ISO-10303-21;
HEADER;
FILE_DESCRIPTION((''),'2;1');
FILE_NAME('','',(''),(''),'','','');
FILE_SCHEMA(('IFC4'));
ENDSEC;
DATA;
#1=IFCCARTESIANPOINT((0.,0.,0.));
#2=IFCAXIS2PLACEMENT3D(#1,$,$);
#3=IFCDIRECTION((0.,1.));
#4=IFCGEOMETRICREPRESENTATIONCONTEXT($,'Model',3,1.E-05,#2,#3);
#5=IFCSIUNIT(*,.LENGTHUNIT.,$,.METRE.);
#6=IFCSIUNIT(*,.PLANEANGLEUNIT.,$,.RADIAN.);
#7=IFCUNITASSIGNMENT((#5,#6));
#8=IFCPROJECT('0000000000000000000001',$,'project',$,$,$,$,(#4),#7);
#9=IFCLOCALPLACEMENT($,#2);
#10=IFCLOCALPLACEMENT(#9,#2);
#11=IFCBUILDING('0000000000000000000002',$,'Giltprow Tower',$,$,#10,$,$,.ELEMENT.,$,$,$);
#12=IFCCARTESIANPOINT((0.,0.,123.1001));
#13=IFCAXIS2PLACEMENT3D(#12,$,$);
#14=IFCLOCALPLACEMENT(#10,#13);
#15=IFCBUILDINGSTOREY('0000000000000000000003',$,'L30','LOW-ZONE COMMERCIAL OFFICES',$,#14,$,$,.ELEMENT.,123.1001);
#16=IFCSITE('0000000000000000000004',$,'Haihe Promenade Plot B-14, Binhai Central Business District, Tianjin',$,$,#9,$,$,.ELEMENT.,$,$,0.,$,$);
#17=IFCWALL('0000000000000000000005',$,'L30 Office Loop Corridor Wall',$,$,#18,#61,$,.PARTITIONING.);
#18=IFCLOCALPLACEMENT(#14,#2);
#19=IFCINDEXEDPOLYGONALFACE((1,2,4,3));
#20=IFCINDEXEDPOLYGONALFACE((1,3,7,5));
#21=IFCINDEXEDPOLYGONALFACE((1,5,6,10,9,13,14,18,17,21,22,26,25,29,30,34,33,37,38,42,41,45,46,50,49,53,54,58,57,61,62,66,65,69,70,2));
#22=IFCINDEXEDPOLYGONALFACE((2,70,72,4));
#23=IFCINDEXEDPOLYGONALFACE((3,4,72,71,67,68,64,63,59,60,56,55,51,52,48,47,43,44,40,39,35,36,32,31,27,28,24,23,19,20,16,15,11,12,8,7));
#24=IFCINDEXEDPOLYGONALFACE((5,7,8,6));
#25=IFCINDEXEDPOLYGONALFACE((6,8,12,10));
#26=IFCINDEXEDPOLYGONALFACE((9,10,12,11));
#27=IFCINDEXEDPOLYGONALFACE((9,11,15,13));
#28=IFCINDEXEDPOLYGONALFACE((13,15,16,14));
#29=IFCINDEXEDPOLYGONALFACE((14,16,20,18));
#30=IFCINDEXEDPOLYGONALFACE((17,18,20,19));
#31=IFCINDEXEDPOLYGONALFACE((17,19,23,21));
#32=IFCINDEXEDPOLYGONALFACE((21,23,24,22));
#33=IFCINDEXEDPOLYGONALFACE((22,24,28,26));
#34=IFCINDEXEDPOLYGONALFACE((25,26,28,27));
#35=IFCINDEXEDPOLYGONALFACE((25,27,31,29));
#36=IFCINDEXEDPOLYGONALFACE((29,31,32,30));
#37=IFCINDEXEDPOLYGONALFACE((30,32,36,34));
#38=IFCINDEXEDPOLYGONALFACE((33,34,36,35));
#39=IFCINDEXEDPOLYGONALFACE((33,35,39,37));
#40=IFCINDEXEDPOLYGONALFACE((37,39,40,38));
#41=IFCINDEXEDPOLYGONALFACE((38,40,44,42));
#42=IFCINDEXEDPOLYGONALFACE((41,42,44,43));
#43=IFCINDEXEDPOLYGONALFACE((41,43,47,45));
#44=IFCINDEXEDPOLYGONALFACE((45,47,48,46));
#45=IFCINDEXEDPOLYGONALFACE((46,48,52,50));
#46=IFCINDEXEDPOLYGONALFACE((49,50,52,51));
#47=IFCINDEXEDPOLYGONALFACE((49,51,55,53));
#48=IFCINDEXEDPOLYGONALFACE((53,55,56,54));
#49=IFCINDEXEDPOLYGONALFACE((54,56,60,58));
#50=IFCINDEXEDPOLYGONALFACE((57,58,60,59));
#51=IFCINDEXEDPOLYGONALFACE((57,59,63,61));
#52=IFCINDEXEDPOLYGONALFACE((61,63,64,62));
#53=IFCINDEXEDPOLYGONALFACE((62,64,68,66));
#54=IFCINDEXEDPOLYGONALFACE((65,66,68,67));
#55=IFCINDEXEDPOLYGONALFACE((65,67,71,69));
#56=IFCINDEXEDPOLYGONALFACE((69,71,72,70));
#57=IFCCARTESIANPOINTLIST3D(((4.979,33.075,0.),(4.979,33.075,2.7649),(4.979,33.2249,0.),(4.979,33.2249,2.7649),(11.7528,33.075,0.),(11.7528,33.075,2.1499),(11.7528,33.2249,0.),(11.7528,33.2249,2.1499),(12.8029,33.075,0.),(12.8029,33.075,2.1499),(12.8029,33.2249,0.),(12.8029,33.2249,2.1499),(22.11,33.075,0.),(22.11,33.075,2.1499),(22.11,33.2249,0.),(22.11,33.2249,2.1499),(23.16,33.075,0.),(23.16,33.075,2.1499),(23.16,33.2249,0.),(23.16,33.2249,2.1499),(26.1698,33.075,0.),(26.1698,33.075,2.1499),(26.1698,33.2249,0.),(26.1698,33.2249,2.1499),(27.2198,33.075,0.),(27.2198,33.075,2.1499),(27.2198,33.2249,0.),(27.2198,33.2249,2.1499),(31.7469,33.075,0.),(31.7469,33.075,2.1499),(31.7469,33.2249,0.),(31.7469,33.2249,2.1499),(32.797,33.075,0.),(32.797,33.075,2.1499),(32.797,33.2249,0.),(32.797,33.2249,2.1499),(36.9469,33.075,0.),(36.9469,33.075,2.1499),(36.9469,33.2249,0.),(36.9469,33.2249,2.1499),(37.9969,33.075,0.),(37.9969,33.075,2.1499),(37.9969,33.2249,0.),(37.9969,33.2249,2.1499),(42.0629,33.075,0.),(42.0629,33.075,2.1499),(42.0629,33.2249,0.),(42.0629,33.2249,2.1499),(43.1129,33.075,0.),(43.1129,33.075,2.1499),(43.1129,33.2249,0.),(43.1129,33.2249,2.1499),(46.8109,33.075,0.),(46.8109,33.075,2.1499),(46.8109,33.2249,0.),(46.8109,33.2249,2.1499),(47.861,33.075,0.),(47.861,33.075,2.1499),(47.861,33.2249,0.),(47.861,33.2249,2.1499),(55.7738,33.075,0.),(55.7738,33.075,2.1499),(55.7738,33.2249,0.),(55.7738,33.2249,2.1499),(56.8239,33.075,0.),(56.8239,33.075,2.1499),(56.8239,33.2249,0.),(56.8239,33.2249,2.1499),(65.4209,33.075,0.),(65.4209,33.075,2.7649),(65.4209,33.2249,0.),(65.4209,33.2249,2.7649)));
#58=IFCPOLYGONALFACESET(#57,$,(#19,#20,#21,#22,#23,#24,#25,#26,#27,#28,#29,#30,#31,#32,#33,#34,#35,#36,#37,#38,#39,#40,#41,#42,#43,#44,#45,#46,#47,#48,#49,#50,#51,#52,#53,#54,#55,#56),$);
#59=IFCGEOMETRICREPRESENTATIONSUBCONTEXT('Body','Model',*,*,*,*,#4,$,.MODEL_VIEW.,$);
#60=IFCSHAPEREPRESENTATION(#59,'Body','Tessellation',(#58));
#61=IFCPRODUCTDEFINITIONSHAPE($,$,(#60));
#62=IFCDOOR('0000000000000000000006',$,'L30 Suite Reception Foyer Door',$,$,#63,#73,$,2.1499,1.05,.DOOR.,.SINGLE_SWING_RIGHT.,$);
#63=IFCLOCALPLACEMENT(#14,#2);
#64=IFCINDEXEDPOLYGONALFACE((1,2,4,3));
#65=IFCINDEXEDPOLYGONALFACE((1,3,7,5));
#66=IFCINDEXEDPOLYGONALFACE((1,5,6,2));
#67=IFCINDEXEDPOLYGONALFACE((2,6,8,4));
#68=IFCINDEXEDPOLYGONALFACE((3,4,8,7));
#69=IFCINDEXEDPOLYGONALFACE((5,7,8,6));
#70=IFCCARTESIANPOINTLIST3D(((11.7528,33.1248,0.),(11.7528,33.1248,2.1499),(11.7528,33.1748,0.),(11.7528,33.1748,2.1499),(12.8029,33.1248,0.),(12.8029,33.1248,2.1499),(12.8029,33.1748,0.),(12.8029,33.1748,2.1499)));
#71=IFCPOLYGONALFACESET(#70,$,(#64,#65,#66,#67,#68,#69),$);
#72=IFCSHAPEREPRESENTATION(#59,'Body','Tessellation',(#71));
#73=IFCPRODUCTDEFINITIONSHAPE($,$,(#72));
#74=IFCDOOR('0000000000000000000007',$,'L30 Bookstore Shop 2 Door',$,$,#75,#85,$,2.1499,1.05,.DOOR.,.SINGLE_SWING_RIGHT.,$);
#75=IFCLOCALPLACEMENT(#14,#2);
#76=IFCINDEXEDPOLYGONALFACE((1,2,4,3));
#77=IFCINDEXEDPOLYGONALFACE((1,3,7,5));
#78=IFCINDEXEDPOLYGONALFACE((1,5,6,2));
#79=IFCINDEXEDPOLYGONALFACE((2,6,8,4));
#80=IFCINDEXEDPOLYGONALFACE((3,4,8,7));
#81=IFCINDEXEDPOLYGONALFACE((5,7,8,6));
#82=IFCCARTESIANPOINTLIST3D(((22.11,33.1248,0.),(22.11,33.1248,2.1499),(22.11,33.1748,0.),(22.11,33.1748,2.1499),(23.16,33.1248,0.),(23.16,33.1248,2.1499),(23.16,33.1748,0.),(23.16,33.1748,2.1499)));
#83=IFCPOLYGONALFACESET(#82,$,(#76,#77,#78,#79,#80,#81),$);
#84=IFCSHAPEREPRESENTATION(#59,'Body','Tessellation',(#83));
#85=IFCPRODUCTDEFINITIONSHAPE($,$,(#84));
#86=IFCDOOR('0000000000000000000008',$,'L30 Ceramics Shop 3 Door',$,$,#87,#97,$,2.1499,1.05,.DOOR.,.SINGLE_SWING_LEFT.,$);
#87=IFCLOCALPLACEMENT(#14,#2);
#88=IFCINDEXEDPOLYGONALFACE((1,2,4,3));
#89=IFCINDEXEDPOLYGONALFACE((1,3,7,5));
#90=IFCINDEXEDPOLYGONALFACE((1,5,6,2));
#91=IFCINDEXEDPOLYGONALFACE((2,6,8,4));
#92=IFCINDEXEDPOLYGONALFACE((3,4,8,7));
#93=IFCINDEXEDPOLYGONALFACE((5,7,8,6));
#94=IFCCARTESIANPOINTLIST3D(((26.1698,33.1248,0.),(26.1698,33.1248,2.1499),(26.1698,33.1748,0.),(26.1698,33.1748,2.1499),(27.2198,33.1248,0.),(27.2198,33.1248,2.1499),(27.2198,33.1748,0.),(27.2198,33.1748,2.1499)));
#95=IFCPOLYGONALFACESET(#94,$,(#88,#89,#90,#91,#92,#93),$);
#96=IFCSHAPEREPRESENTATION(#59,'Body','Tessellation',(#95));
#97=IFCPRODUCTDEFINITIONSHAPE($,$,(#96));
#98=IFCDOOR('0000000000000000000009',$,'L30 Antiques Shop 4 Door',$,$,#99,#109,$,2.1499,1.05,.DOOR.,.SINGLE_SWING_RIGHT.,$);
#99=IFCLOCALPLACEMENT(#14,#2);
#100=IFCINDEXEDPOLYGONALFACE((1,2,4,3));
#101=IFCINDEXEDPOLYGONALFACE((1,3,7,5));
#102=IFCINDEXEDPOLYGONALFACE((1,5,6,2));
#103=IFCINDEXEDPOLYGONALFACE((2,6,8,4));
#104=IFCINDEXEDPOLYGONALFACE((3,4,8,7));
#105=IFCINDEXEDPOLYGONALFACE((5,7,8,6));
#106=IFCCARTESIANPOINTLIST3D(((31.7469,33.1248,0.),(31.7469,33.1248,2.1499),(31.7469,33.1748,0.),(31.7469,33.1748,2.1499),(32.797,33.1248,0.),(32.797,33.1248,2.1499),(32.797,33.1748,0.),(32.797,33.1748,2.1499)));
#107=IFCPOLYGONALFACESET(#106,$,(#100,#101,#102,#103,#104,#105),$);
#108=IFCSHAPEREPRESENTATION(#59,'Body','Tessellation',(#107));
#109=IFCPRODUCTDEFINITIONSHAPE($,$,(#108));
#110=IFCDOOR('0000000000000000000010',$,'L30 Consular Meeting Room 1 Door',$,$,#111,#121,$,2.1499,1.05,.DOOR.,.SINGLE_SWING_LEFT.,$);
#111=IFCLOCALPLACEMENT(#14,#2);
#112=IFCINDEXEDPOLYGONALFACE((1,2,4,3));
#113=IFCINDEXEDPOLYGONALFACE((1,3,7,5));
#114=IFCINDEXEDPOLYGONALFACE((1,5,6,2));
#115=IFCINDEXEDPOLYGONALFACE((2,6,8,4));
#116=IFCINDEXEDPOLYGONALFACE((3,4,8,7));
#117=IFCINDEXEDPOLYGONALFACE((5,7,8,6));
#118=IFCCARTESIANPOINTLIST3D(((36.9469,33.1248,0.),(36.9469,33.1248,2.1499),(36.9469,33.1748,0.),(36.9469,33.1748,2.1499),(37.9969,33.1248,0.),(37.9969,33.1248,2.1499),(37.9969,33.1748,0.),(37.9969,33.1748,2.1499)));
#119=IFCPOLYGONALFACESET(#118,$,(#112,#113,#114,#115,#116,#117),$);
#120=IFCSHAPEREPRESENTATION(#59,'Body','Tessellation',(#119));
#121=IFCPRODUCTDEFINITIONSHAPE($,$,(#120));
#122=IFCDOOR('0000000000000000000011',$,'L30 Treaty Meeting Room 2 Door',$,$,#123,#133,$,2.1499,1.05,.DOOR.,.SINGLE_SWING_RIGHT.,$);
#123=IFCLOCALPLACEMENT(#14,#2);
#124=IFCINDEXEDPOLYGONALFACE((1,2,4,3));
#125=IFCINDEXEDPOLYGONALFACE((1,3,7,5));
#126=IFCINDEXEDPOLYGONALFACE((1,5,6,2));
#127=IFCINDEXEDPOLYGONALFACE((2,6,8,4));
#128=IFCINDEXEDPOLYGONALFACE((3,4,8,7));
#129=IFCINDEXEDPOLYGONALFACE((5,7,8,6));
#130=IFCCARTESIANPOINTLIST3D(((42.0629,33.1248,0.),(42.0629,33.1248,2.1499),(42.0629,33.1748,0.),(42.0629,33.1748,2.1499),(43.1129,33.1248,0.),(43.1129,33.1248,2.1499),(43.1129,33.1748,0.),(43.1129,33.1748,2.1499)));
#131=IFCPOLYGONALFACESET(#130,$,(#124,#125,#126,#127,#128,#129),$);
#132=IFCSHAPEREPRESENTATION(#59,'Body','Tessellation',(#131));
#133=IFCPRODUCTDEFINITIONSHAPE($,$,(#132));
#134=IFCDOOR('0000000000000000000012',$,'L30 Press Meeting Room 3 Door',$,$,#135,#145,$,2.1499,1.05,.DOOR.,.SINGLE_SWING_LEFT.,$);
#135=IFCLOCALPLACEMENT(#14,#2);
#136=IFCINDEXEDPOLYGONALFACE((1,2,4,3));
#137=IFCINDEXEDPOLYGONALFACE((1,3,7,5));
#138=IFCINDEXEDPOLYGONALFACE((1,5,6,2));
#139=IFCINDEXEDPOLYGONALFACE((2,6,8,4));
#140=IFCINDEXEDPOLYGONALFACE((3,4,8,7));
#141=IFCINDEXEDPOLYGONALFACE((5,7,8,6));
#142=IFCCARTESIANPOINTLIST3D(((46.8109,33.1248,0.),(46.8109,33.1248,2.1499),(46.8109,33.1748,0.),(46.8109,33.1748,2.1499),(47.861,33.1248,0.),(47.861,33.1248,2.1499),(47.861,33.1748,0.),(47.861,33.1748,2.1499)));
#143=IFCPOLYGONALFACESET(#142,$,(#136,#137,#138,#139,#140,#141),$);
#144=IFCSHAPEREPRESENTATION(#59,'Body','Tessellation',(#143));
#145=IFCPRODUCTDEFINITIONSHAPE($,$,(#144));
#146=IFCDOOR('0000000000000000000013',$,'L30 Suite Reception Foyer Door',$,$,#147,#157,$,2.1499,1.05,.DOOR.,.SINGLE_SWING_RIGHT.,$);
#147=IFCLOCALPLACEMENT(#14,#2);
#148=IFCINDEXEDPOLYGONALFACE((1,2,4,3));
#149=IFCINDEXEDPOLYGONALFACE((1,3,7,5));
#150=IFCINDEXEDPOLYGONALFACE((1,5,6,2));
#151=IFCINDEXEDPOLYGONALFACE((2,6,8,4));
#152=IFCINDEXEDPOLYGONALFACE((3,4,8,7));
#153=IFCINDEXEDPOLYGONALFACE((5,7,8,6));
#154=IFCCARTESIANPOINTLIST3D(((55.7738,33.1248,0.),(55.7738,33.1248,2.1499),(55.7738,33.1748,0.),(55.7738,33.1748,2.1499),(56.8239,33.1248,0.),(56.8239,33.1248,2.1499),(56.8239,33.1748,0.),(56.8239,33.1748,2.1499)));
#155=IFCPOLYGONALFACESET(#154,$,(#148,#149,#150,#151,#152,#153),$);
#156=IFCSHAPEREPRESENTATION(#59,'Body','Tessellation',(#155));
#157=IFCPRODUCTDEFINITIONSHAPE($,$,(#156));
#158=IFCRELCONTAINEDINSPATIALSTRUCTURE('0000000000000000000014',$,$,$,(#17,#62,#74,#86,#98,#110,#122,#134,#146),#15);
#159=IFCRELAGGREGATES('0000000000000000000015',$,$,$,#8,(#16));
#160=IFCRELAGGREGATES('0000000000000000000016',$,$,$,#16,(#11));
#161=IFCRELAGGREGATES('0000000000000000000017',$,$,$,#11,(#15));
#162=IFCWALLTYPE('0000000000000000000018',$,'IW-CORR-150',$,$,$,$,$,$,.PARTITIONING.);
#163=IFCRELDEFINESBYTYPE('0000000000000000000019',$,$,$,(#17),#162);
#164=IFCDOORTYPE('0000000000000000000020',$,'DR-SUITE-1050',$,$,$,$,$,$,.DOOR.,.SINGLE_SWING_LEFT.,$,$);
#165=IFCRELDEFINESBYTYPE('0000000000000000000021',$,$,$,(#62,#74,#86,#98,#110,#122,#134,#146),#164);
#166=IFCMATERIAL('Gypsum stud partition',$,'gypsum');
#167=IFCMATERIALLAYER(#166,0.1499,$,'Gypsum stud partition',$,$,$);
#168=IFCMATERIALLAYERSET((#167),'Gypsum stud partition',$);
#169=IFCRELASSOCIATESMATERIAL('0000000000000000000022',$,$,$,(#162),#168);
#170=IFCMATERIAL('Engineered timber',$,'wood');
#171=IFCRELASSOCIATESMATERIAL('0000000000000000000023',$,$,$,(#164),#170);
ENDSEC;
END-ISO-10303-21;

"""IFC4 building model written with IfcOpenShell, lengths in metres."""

from ifc_helpers import new_model, si_unit, direction, frame, frame_2d, origin, place, context, subcontext, project, spatial, rectangle, extrude, source, transform, mapped, material, layer, layer_set, type_object, element, fill, save


model = new_model("IFC4")

# Units and contexts
model_context = context("Model", 3, precision=1e-05, world=origin(), true_north=direction((0.0, 1.0)))
body_context = subcontext(model_context, "Body", "Model", "MODEL_VIEW")
ifc_project = project(units=[si_unit("LENGTHUNIT", "METRE"), si_unit("PLANEANGLEUNIT", "RADIAN")], contexts=[model_context])

# Site, building, storey
site_placement = place(None, origin())
site = spatial("IfcSite", under=ifc_project, at=site_placement, Name="Haihe Promenade Plot B-14, Binhai Central Business District, Tianjin", CompositionType="ELEMENT", RefElevation=0.0)
building_placement = place(site_placement, origin())
building = spatial("IfcBuilding", under=site, at=building_placement, Name="Giltprow Tower", CompositionType="ELEMENT")
storey_placement = place(building_placement, frame((0.0, 0.0, 123.1001)))
storey = spatial("IfcBuildingStorey", under=building, at=storey_placement, Name="L30", Description="LOW-ZONE COMMERCIAL OFFICES", CompositionType="ELEMENT", Elevation=123.1001)

# Wall, openings, doors
ifc_material_1 = material(Name="Gypsum stud partition", Category="gypsum")
ifc_layer_1 = layer(ifc_material_1, 0.1499, Name="Gypsum stud partition")
ifc_layer_set_1 = layer_set([ifc_layer_1], Name="Gypsum stud partition")
wall_type_1 = type_object("IfcWallType", Name="IW-CORR-150", PredefinedType="PARTITIONING", material=ifc_layer_set_1)
wall_1_placement = place(storey_placement, frame((4.979, 33.1499, 0.0), z_axis=(0.0, 0.0, 1.0), x_axis=(1.0, 0.0, 0.0)))
wall_1 = element("IfcWall", 1, at=wall_1_placement, inside=storey, type_object=wall_type_1, Name="L30 Office Loop Corridor Wall", PredefinedType="PARTITIONING", context=body_context, shape_type="SweptSolid", body=[
    extrude(rectangle(XDim=60.4419, YDim=0.1499, at=frame_2d((30.2209, 0.0))), origin(), (0.0, 0.0, 1.0), 2.7649),
])
opening_1_placement = place(wall_1_placement, frame((6.7739, 0.0, 0.0)))
opening_1 = element("IfcOpeningElement", 2, at=opening_1_placement, cuts=wall_1, PredefinedType="OPENING", context=body_context, shape_type="SweptSolid", body=[
    extrude(rectangle(XDim=1.05, YDim=2.1499, at=frame_2d((0.5249, 1.075))), frame((0.0, 0.085, 0.0), z_axis=(0.0, -1.0, 0.0), x_axis=(1.0, 0.0, 0.0)), (0.0, 0.0, 1.0), 0.1699),
])
opening_2_placement = place(wall_1_placement, frame((17.1311, 0.0, 0.0)))
opening_2 = element("IfcOpeningElement", 3, at=opening_2_placement, cuts=wall_1, PredefinedType="OPENING", context=body_context, shape_type="SweptSolid", body=[
    extrude(rectangle(XDim=1.05, YDim=2.1499, at=frame_2d((0.5249, 1.075))), frame((0.0, 0.085, 0.0), z_axis=(0.0, -1.0, 0.0), x_axis=(1.0, 0.0, 0.0)), (0.0, 0.0, 1.0), 0.1699),
])
opening_3_placement = place(wall_1_placement, frame((21.1909, 0.0, 0.0)))
opening_3 = element("IfcOpeningElement", 4, at=opening_3_placement, cuts=wall_1, PredefinedType="OPENING", context=body_context, shape_type="SweptSolid", body=[
    extrude(rectangle(XDim=1.05, YDim=2.1499, at=frame_2d((0.5249, 1.075))), frame((0.0, 0.085, 0.0), z_axis=(0.0, -1.0, 0.0), x_axis=(1.0, 0.0, 0.0)), (0.0, 0.0, 1.0), 0.1699),
])
opening_4_placement = place(wall_1_placement, frame((26.7681, 0.0, 0.0)))
opening_4 = element("IfcOpeningElement", 5, at=opening_4_placement, cuts=wall_1, PredefinedType="OPENING", context=body_context, shape_type="SweptSolid", body=[
    extrude(rectangle(XDim=1.05, YDim=2.1499, at=frame_2d((0.5249, 1.075))), frame((0.0, 0.085, 0.0), z_axis=(0.0, -1.0, 0.0), x_axis=(1.0, 0.0, 0.0)), (0.0, 0.0, 1.0), 0.1699),
])
opening_5_placement = place(wall_1_placement, frame((31.968, 0.0, 0.0)))
opening_5 = element("IfcOpeningElement", 6, at=opening_5_placement, cuts=wall_1, PredefinedType="OPENING", context=body_context, shape_type="SweptSolid", body=[
    extrude(rectangle(XDim=1.05, YDim=2.1499, at=frame_2d((0.5249, 1.075))), frame((0.0, 0.085, 0.0), z_axis=(0.0, -1.0, 0.0), x_axis=(1.0, 0.0, 0.0)), (0.0, 0.0, 1.0), 0.1699),
])
opening_6_placement = place(wall_1_placement, frame((37.084, 0.0, 0.0)))
opening_6 = element("IfcOpeningElement", 7, at=opening_6_placement, cuts=wall_1, PredefinedType="OPENING", context=body_context, shape_type="SweptSolid", body=[
    extrude(rectangle(XDim=1.05, YDim=2.1499, at=frame_2d((0.5249, 1.075))), frame((0.0, 0.085, 0.0), z_axis=(0.0, -1.0, 0.0), x_axis=(1.0, 0.0, 0.0)), (0.0, 0.0, 1.0), 0.1699),
])
opening_7_placement = place(wall_1_placement, frame((41.832, 0.0, 0.0)))
opening_7 = element("IfcOpeningElement", 8, at=opening_7_placement, cuts=wall_1, PredefinedType="OPENING", context=body_context, shape_type="SweptSolid", body=[
    extrude(rectangle(XDim=1.05, YDim=2.1499, at=frame_2d((0.5249, 1.075))), frame((0.0, 0.085, 0.0), z_axis=(0.0, -1.0, 0.0), x_axis=(1.0, 0.0, 0.0)), (0.0, 0.0, 1.0), 0.1699),
])
opening_8_placement = place(wall_1_placement, frame((50.7949, 0.0, 0.0)))
opening_8 = element("IfcOpeningElement", 9, at=opening_8_placement, cuts=wall_1, PredefinedType="OPENING", context=body_context, shape_type="SweptSolid", body=[
    extrude(rectangle(XDim=1.05, YDim=2.1499, at=frame_2d((0.5249, 1.075))), frame((0.0, 0.085, 0.0), z_axis=(0.0, -1.0, 0.0), x_axis=(1.0, 0.0, 0.0)), (0.0, 0.0, 1.0), 0.1699),
])
ifc_material_2 = material(Name="Engineered timber", Category="wood")
door_type_1 = type_object("IfcDoorType", Name="DR-SUITE-1050", OperationType="SINGLE_SWING_LEFT", PredefinedType="DOOR", material=ifc_material_2)
shared_shape_1 = source(origin(), body_context, "Body", "SweptSolid", [
    extrude(rectangle(XDim=1.05, YDim=2.1499, at=frame_2d((0.5249, 1.075))), frame((0.0, 0.0249, 0.0), z_axis=(0.0, -1.0, 0.0), x_axis=(1.0, 0.0, 0.0)), (0.0, 0.0, 1.0), 0.05),
])
door_1_placement = place(opening_1_placement, origin())
door_1 = element("IfcDoor", 10, at=door_1_placement, inside=storey, type_object=door_type_1, Name="L30 Suite Reception Foyer Door", OperationType="SINGLE_SWING_RIGHT", OverallHeight=2.1499, OverallWidth=1.05, PredefinedType="DOOR", context=body_context, shape_type="MappedRepresentation", body=[
    mapped(shared_shape_1, transform((0.0, 0.0, 0.0), x_axis=(1.0, 0.0, 0.0), y_axis=(0.0, 1.0, 0.0), z_axis=(0.0, 0.0, 1.0), scale=1.0)),
])
fill(opening_1, door_1)
door_2_placement = place(opening_2_placement, origin())
door_2 = element("IfcDoor", 11, at=door_2_placement, inside=storey, type_object=door_type_1, Name="L30 Bookstore Shop 2 Door", OperationType="SINGLE_SWING_RIGHT", OverallHeight=2.1499, OverallWidth=1.05, PredefinedType="DOOR", context=body_context, shape_type="MappedRepresentation", body=[
    mapped(shared_shape_1, transform((0.0, 0.0, 0.0), x_axis=(1.0, 0.0, 0.0), y_axis=(0.0, 1.0, 0.0), z_axis=(0.0, 0.0, 1.0), scale=1.0)),
])
fill(opening_2, door_2)
door_3_placement = place(opening_3_placement, origin())
door_3 = element("IfcDoor", 12, at=door_3_placement, inside=storey, type_object=door_type_1, Name="L30 Ceramics Shop 3 Door", OperationType="SINGLE_SWING_LEFT", OverallHeight=2.1499, OverallWidth=1.05, PredefinedType="DOOR", context=body_context, shape_type="MappedRepresentation", body=[
    mapped(shared_shape_1, transform((0.0, 0.0, 0.0), x_axis=(1.0, 0.0, 0.0), y_axis=(0.0, 1.0, 0.0), z_axis=(0.0, 0.0, 1.0), scale=1.0)),
])
fill(opening_3, door_3)
door_4_placement = place(opening_4_placement, origin())
door_4 = element("IfcDoor", 13, at=door_4_placement, inside=storey, type_object=door_type_1, Name="L30 Antiques Shop 4 Door", OperationType="SINGLE_SWING_RIGHT", OverallHeight=2.1499, OverallWidth=1.05, PredefinedType="DOOR", context=body_context, shape_type="MappedRepresentation", body=[
    mapped(shared_shape_1, transform((0.0, 0.0, 0.0), x_axis=(1.0, 0.0, 0.0), y_axis=(0.0, 1.0, 0.0), z_axis=(0.0, 0.0, 1.0), scale=1.0)),
])
fill(opening_4, door_4)
door_5_placement = place(opening_5_placement, origin())
door_5 = element("IfcDoor", 14, at=door_5_placement, inside=storey, type_object=door_type_1, Name="L30 Consular Meeting Room 1 Door", OperationType="SINGLE_SWING_LEFT", OverallHeight=2.1499, OverallWidth=1.05, PredefinedType="DOOR", context=body_context, shape_type="MappedRepresentation", body=[
    mapped(shared_shape_1, transform((0.0, 0.0, 0.0), x_axis=(1.0, 0.0, 0.0), y_axis=(0.0, 1.0, 0.0), z_axis=(0.0, 0.0, 1.0), scale=1.0)),
])
fill(opening_5, door_5)
door_6_placement = place(opening_6_placement, origin())
door_6 = element("IfcDoor", 15, at=door_6_placement, inside=storey, type_object=door_type_1, Name="L30 Treaty Meeting Room 2 Door", OperationType="SINGLE_SWING_RIGHT", OverallHeight=2.1499, OverallWidth=1.05, PredefinedType="DOOR", context=body_context, shape_type="MappedRepresentation", body=[
    mapped(shared_shape_1, transform((0.0, 0.0, 0.0), x_axis=(1.0, 0.0, 0.0), y_axis=(0.0, 1.0, 0.0), z_axis=(0.0, 0.0, 1.0), scale=1.0)),
])
fill(opening_6, door_6)
door_7_placement = place(opening_7_placement, origin())
door_7 = element("IfcDoor", 16, at=door_7_placement, inside=storey, type_object=door_type_1, Name="L30 Press Meeting Room 3 Door", OperationType="SINGLE_SWING_LEFT", OverallHeight=2.1499, OverallWidth=1.05, PredefinedType="DOOR", context=body_context, shape_type="MappedRepresentation", body=[
    mapped(shared_shape_1, transform((0.0, 0.0, 0.0), x_axis=(1.0, 0.0, 0.0), y_axis=(0.0, 1.0, 0.0), z_axis=(0.0, 0.0, 1.0), scale=1.0)),
])
fill(opening_7, door_7)
door_8_placement = place(opening_8_placement, origin())
door_8 = element("IfcDoor", 17, at=door_8_placement, inside=storey, type_object=door_type_1, Name="L30 Suite Reception Foyer Door", OperationType="SINGLE_SWING_RIGHT", OverallHeight=2.1499, OverallWidth=1.05, PredefinedType="DOOR", context=body_context, shape_type="MappedRepresentation", body=[
    mapped(shared_shape_1, transform((0.0, 0.0, 0.0), x_axis=(1.0, 0.0, 0.0), y_axis=(0.0, 1.0, 0.0), z_axis=(0.0, 0.0, 1.0), scale=1.0)),
])
fill(opening_8, door_8)

save(model, "model.ifc")
